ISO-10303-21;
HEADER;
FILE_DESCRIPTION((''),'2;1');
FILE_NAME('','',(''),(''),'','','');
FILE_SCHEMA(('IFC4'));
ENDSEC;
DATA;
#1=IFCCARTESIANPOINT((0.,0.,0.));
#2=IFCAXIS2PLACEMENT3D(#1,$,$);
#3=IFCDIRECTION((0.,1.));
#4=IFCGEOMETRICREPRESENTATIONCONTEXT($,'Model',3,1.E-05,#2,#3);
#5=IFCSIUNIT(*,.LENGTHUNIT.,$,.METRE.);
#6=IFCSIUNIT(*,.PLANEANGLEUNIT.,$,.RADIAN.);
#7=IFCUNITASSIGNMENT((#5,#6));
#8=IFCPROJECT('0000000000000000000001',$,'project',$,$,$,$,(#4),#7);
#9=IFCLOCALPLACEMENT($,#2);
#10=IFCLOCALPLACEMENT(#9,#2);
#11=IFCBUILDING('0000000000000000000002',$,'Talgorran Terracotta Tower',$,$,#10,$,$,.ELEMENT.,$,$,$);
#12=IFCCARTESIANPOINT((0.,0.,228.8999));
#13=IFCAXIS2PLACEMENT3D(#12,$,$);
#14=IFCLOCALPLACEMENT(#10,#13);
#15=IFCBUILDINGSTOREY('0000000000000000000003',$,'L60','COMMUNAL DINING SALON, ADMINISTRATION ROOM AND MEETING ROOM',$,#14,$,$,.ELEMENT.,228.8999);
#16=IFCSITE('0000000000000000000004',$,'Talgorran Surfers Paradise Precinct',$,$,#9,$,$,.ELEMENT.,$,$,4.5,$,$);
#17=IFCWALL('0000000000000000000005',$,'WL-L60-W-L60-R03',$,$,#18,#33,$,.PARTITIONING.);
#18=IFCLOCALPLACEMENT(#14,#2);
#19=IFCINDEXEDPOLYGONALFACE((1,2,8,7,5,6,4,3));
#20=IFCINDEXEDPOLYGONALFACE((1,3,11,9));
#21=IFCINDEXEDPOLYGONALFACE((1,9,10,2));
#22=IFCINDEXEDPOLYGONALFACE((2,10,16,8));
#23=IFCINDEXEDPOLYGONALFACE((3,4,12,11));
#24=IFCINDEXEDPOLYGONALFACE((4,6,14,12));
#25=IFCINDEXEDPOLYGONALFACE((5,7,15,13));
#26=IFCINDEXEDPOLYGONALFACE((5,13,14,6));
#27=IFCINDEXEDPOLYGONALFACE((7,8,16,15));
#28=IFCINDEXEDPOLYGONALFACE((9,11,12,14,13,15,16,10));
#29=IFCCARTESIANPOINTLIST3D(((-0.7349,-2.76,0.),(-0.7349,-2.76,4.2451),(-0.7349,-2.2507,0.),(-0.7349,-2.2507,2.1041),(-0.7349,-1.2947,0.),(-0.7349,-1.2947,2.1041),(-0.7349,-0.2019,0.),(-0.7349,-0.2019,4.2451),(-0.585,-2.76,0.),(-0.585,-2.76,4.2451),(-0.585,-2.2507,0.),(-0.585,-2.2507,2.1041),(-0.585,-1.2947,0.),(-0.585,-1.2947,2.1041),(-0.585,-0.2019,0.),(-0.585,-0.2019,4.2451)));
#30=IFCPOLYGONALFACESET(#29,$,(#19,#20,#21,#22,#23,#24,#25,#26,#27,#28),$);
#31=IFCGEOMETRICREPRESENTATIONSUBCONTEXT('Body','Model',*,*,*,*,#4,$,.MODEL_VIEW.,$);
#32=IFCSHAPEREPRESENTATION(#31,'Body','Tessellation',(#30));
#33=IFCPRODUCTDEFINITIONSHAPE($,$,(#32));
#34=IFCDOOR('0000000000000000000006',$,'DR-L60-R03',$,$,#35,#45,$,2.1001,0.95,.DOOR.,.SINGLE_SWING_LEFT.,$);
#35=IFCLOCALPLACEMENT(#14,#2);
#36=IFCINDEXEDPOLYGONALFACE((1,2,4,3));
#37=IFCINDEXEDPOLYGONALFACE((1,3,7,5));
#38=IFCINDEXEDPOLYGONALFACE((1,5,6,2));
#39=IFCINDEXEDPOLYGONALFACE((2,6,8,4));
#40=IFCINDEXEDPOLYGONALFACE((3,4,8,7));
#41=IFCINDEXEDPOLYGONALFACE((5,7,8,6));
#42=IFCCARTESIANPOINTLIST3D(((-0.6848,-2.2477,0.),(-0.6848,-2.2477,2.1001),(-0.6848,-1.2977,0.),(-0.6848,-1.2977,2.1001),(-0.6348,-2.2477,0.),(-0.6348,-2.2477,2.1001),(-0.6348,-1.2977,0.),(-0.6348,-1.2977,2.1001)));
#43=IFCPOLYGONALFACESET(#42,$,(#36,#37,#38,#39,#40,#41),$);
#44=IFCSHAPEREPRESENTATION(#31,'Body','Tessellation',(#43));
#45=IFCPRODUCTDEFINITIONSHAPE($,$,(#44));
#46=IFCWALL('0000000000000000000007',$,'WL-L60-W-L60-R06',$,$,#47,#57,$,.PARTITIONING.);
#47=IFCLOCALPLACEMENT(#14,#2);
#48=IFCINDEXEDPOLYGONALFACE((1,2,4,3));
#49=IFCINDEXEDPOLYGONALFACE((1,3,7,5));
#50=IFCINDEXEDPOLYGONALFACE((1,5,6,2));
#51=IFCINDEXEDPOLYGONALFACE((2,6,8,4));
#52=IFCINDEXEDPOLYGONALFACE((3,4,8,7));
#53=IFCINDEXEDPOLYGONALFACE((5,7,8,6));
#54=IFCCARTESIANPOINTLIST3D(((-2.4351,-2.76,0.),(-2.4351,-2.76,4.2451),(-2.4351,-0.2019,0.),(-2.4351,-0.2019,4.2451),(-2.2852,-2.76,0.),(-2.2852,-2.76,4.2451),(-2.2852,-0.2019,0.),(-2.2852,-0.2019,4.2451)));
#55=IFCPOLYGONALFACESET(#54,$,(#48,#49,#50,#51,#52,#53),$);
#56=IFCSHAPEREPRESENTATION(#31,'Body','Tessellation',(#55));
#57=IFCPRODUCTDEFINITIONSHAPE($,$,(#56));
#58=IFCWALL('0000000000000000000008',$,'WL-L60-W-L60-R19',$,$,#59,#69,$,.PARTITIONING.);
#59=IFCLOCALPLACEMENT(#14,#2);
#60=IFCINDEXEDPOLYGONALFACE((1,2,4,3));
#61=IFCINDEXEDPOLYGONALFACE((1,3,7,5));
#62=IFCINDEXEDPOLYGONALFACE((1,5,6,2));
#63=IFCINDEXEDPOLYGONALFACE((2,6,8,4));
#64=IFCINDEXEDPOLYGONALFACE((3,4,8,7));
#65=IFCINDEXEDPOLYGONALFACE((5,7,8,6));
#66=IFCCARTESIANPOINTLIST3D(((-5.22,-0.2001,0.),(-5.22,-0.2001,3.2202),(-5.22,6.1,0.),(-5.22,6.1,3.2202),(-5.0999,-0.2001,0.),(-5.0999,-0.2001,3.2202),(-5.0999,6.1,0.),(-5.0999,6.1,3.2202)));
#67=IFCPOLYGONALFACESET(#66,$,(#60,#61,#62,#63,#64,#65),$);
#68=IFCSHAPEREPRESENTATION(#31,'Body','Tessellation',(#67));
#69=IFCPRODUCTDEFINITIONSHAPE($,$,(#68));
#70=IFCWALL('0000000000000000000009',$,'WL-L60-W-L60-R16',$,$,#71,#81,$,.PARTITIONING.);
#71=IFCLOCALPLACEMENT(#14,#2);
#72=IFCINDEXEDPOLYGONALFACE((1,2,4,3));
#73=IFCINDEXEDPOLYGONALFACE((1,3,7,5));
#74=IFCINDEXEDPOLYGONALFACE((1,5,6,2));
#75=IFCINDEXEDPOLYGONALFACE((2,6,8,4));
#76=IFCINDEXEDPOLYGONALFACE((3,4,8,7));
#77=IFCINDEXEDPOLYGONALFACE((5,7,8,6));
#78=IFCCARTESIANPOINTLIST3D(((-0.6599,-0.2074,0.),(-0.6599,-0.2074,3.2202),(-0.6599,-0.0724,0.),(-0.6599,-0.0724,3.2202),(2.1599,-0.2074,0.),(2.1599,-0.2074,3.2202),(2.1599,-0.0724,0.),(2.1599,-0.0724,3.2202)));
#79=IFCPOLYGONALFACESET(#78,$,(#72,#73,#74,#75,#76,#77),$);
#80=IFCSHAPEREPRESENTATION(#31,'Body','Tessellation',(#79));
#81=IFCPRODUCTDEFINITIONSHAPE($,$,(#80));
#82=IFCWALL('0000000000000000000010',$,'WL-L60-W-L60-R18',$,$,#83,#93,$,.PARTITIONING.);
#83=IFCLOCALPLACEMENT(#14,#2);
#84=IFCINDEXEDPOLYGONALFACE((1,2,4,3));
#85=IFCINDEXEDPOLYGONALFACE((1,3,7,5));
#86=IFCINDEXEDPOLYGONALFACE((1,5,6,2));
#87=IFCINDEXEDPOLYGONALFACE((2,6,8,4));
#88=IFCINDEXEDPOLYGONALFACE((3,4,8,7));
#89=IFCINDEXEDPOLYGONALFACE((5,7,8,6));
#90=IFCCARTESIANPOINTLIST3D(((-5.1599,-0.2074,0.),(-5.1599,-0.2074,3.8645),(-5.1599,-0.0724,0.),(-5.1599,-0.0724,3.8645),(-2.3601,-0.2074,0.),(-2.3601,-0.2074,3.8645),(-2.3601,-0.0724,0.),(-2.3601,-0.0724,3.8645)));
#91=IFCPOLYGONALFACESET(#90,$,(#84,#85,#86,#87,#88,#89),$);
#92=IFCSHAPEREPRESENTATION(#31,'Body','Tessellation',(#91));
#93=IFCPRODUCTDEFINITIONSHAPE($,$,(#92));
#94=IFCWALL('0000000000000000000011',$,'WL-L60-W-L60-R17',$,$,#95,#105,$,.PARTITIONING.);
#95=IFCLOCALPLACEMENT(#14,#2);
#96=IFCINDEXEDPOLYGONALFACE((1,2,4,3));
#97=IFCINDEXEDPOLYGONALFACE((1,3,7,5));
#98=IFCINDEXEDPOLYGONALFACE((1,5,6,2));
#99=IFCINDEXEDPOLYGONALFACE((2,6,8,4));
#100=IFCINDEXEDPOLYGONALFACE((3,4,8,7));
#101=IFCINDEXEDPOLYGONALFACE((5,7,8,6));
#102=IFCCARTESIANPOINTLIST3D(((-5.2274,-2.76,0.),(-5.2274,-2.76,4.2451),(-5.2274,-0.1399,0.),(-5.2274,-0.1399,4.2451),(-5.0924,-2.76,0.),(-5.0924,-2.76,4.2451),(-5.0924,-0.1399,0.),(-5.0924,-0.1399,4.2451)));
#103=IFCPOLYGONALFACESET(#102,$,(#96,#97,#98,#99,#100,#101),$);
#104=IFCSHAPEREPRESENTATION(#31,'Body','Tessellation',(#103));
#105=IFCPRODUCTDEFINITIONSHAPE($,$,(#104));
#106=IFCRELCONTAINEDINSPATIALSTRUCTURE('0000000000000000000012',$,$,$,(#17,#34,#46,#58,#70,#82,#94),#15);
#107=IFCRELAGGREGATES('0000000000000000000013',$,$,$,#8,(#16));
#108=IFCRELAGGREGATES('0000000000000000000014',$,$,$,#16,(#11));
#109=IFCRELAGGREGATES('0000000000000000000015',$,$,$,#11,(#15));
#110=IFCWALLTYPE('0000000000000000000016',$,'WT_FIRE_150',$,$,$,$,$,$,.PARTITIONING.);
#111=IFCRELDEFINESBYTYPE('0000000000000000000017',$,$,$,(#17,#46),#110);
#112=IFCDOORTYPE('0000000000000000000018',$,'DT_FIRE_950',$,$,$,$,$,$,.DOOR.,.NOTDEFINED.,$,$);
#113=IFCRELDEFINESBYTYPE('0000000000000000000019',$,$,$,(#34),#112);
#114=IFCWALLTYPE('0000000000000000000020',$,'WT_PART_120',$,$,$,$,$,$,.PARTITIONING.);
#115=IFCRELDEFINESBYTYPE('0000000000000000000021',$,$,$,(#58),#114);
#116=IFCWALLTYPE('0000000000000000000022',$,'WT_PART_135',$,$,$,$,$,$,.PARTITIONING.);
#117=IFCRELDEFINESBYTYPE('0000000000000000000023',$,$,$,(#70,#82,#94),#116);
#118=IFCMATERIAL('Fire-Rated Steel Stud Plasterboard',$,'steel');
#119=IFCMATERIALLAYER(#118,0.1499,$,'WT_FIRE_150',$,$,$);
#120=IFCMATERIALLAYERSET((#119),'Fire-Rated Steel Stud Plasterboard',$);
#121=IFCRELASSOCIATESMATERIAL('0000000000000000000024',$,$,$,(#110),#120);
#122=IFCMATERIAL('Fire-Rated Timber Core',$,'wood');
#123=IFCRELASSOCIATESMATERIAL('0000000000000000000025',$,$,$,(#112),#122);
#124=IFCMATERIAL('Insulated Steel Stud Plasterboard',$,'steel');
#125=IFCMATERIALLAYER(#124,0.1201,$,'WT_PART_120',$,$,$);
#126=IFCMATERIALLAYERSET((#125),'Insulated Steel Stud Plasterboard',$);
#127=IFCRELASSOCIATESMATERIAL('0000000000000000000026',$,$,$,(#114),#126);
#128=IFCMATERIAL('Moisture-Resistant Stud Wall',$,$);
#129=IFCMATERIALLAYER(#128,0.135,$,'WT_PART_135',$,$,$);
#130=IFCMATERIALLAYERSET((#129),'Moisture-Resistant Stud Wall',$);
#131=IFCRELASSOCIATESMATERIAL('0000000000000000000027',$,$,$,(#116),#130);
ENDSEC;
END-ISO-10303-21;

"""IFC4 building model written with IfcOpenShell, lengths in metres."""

from ifc_helpers import new_model, si_unit, direction, frame, frame_2d, origin, place, context, subcontext, project, spatial, rectangle, extrude, material, layer, layer_set, type_object, element, fill, save


model = new_model("IFC4")

# Units and contexts
model_context = context("Model", 3, precision=1e-05, world=origin(), true_north=direction((0.0, 1.0)))
body_context = subcontext(model_context, "Body", "Model", "MODEL_VIEW")
ifc_project = project(units=[si_unit("LENGTHUNIT", "METRE"), si_unit("PLANEANGLEUNIT", "RADIAN")], contexts=[model_context])

# Site, building, storey
site_placement = place(None, origin())
site = spatial("IfcSite", under=ifc_project, at=site_placement, Name="Talgorran Surfers Paradise Precinct", CompositionType="ELEMENT", RefElevation=4.5)
building_placement = place(site_placement, origin())
building = spatial("IfcBuilding", under=site, at=building_placement, Name="Talgorran Terracotta Tower", CompositionType="ELEMENT")
storey_placement = place(building_placement, frame((0.0, 0.0, 228.8999)))
storey = spatial("IfcBuildingStorey", under=building, at=storey_placement, Name="L60", Description="COMMUNAL DINING SALON, ADMINISTRATION ROOM AND MEETING ROOM", CompositionType="ELEMENT", Elevation=228.8999)

# Shared definitions
ifc_material_1 = material(Name="Fire-Rated Steel Stud Plasterboard", Category="steel")
ifc_layer_1 = layer(ifc_material_1, 0.1499, Name="WT_FIRE_150")
ifc_layer_set_1 = layer_set([ifc_layer_1], Name="Fire-Rated Steel Stud Plasterboard")
wall_type_1 = type_object("IfcWallType", Name="WT_FIRE_150", PredefinedType="PARTITIONING", material=ifc_layer_set_1)
ifc_material_2 = material(Name="Fire-Rated Timber Core", Category="wood")
door_type = type_object("IfcDoorType", Name="DT_FIRE_950", OperationType="NOTDEFINED", PredefinedType="DOOR", material=ifc_material_2)

# Wall, opening, door
wall_1_placement = place(storey_placement, frame((-0.6599, -2.76, 0.0), z_axis=(0.0, 0.0, 1.0), x_axis=(0.0, 1.0, 0.0)))
wall_1 = element("IfcWall", 1, at=wall_1_placement, inside=storey, type_object=wall_type_1, Name="WL-L60-W-L60-R03", PredefinedType="PARTITIONING", context=body_context, shape_type="SweptSolid", body=[
    extrude(rectangle(XDim=2.5581, YDim=0.1499, at=frame_2d((1.2791, 0.0))), origin(), (0.0, 0.0, 1.0), 4.2451),
])
opening_1_placement = place(wall_1_placement, frame((0.5122, 0.0, 0.0)))
opening_1 = element("IfcOpeningElement", 2, at=opening_1_placement, cuts=wall_1, PredefinedType="OPENING", context=body_context, shape_type="SweptSolid", body=[
    extrude(rectangle(XDim=0.956, YDim=2.1041, at=frame_2d((0.4751, 1.052))), frame((0.0, 0.085, 0.0), z_axis=(0.0, -1.0, 0.0), x_axis=(1.0, 0.0, 0.0)), (0.0, 0.0, 1.0), 0.1699),
])
door_1_placement = place(opening_1_placement, origin())
door_1 = element("IfcDoor", 3, at=door_1_placement, inside=storey, type_object=door_type, Name="DR-L60-R03", OperationType="SINGLE_SWING_LEFT", OverallHeight=2.1001, OverallWidth=0.95, PredefinedType="DOOR", context=body_context, shape_type="SweptSolid", body=[
    extrude(rectangle(XDim=0.95, YDim=2.1001, at=frame_2d((0.4751, 1.05))), frame((0.0, 0.0249, 0.0), z_axis=(0.0, -1.0, 0.0), x_axis=(1.0, 0.0, 0.0)), (0.0, 0.0, 1.0), 0.05),
])
fill(opening_1, door_1)

# Walls
wall_2_placement = place(storey_placement, frame((-2.3601, -2.76, 0.0), z_axis=(0.0, 0.0, 1.0), x_axis=(0.0, 1.0, 0.0)))
element("IfcWall", 4, at=wall_2_placement, inside=storey, type_object=wall_type_1, Name="WL-L60-W-L60-R06", PredefinedType="PARTITIONING", context=body_context, shape_type="SweptSolid", body=[
    extrude(rectangle(XDim=2.5581, YDim=0.1499, at=frame_2d((1.2791, 0.0))), origin(), (0.0, 0.0, 1.0), 4.2451),
])
ifc_material_3 = material(Name="Insulated Steel Stud Plasterboard", Category="steel")
ifc_layer_2 = layer(ifc_material_3, 0.1201, Name="WT_PART_120")
ifc_layer_set_2 = layer_set([ifc_layer_2], Name="Insulated Steel Stud Plasterboard")
wall_type_2 = type_object("IfcWallType", Name="WT_PART_120", PredefinedType="PARTITIONING", material=ifc_layer_set_2)
wall_3_placement = place(storey_placement, frame((-5.1599, -0.2, 0.0), z_axis=(0.0, 0.0, 1.0), x_axis=(0.0, 1.0, 0.0)))
element("IfcWall", 5, at=wall_3_placement, inside=storey, type_object=wall_type_2, Name="WL-L60-W-L60-R19", PredefinedType="PARTITIONING", context=body_context, shape_type="SweptSolid", body=[
    extrude(rectangle(XDim=6.3, YDim=0.1201, at=frame_2d((3.1499, 0.0))), origin(), (0.0, 0.0, 1.0), 3.2202),
])
ifc_material_4 = material(Name="Moisture-Resistant Stud Wall")
ifc_layer_3 = layer(ifc_material_4, 0.135, Name="WT_PART_135")
ifc_layer_set_3 = layer_set([ifc_layer_3], Name="Moisture-Resistant Stud Wall")
wall_type_3 = type_object("IfcWallType", Name="WT_PART_135", PredefinedType="PARTITIONING", material=ifc_layer_set_3)
wall_4_placement = place(storey_placement, frame((-0.6599, -0.1399, 0.0), z_axis=(0.0, 0.0, 1.0), x_axis=(1.0, 0.0, 0.0)))
element("IfcWall", 6, at=wall_4_placement, inside=storey, type_object=wall_type_3, Name="WL-L60-W-L60-R16", PredefinedType="PARTITIONING", context=body_context, shape_type="SweptSolid", body=[
    extrude(rectangle(XDim=2.8198, YDim=0.135, at=frame_2d((1.4099, 0.0))), origin(), (0.0, 0.0, 1.0), 3.2202),
])
wall_5_placement = place(storey_placement, frame((-5.1599, -0.1399, 0.0), z_axis=(0.0, 0.0, 1.0), x_axis=(1.0, 0.0, 0.0)))
element("IfcWall", 7, at=wall_5_placement, inside=storey, type_object=wall_type_3, Name="WL-L60-W-L60-R18", PredefinedType="PARTITIONING", context=body_context, shape_type="SweptSolid", body=[
    extrude(rectangle(XDim=2.7998, YDim=0.135, at=frame_2d((1.3999, 0.0))), origin(), (0.0, 0.0, 1.0), 3.8645),
])
wall_6_placement = place(storey_placement, frame((-5.1599, -2.76, 0.0), z_axis=(0.0, 0.0, 1.0), x_axis=(0.0, 1.0, 0.0)))
element("IfcWall", 8, at=wall_6_placement, inside=storey, type_object=wall_type_3, Name="WL-L60-W-L60-R17", PredefinedType="PARTITIONING", context=body_context, shape_type="SweptSolid", body=[
    extrude(rectangle(XDim=2.6201, YDim=0.135, at=frame_2d((1.3101, 0.0))), origin(), (0.0, 0.0, 1.0), 4.2451),
])

save(model, "model.ifc")
